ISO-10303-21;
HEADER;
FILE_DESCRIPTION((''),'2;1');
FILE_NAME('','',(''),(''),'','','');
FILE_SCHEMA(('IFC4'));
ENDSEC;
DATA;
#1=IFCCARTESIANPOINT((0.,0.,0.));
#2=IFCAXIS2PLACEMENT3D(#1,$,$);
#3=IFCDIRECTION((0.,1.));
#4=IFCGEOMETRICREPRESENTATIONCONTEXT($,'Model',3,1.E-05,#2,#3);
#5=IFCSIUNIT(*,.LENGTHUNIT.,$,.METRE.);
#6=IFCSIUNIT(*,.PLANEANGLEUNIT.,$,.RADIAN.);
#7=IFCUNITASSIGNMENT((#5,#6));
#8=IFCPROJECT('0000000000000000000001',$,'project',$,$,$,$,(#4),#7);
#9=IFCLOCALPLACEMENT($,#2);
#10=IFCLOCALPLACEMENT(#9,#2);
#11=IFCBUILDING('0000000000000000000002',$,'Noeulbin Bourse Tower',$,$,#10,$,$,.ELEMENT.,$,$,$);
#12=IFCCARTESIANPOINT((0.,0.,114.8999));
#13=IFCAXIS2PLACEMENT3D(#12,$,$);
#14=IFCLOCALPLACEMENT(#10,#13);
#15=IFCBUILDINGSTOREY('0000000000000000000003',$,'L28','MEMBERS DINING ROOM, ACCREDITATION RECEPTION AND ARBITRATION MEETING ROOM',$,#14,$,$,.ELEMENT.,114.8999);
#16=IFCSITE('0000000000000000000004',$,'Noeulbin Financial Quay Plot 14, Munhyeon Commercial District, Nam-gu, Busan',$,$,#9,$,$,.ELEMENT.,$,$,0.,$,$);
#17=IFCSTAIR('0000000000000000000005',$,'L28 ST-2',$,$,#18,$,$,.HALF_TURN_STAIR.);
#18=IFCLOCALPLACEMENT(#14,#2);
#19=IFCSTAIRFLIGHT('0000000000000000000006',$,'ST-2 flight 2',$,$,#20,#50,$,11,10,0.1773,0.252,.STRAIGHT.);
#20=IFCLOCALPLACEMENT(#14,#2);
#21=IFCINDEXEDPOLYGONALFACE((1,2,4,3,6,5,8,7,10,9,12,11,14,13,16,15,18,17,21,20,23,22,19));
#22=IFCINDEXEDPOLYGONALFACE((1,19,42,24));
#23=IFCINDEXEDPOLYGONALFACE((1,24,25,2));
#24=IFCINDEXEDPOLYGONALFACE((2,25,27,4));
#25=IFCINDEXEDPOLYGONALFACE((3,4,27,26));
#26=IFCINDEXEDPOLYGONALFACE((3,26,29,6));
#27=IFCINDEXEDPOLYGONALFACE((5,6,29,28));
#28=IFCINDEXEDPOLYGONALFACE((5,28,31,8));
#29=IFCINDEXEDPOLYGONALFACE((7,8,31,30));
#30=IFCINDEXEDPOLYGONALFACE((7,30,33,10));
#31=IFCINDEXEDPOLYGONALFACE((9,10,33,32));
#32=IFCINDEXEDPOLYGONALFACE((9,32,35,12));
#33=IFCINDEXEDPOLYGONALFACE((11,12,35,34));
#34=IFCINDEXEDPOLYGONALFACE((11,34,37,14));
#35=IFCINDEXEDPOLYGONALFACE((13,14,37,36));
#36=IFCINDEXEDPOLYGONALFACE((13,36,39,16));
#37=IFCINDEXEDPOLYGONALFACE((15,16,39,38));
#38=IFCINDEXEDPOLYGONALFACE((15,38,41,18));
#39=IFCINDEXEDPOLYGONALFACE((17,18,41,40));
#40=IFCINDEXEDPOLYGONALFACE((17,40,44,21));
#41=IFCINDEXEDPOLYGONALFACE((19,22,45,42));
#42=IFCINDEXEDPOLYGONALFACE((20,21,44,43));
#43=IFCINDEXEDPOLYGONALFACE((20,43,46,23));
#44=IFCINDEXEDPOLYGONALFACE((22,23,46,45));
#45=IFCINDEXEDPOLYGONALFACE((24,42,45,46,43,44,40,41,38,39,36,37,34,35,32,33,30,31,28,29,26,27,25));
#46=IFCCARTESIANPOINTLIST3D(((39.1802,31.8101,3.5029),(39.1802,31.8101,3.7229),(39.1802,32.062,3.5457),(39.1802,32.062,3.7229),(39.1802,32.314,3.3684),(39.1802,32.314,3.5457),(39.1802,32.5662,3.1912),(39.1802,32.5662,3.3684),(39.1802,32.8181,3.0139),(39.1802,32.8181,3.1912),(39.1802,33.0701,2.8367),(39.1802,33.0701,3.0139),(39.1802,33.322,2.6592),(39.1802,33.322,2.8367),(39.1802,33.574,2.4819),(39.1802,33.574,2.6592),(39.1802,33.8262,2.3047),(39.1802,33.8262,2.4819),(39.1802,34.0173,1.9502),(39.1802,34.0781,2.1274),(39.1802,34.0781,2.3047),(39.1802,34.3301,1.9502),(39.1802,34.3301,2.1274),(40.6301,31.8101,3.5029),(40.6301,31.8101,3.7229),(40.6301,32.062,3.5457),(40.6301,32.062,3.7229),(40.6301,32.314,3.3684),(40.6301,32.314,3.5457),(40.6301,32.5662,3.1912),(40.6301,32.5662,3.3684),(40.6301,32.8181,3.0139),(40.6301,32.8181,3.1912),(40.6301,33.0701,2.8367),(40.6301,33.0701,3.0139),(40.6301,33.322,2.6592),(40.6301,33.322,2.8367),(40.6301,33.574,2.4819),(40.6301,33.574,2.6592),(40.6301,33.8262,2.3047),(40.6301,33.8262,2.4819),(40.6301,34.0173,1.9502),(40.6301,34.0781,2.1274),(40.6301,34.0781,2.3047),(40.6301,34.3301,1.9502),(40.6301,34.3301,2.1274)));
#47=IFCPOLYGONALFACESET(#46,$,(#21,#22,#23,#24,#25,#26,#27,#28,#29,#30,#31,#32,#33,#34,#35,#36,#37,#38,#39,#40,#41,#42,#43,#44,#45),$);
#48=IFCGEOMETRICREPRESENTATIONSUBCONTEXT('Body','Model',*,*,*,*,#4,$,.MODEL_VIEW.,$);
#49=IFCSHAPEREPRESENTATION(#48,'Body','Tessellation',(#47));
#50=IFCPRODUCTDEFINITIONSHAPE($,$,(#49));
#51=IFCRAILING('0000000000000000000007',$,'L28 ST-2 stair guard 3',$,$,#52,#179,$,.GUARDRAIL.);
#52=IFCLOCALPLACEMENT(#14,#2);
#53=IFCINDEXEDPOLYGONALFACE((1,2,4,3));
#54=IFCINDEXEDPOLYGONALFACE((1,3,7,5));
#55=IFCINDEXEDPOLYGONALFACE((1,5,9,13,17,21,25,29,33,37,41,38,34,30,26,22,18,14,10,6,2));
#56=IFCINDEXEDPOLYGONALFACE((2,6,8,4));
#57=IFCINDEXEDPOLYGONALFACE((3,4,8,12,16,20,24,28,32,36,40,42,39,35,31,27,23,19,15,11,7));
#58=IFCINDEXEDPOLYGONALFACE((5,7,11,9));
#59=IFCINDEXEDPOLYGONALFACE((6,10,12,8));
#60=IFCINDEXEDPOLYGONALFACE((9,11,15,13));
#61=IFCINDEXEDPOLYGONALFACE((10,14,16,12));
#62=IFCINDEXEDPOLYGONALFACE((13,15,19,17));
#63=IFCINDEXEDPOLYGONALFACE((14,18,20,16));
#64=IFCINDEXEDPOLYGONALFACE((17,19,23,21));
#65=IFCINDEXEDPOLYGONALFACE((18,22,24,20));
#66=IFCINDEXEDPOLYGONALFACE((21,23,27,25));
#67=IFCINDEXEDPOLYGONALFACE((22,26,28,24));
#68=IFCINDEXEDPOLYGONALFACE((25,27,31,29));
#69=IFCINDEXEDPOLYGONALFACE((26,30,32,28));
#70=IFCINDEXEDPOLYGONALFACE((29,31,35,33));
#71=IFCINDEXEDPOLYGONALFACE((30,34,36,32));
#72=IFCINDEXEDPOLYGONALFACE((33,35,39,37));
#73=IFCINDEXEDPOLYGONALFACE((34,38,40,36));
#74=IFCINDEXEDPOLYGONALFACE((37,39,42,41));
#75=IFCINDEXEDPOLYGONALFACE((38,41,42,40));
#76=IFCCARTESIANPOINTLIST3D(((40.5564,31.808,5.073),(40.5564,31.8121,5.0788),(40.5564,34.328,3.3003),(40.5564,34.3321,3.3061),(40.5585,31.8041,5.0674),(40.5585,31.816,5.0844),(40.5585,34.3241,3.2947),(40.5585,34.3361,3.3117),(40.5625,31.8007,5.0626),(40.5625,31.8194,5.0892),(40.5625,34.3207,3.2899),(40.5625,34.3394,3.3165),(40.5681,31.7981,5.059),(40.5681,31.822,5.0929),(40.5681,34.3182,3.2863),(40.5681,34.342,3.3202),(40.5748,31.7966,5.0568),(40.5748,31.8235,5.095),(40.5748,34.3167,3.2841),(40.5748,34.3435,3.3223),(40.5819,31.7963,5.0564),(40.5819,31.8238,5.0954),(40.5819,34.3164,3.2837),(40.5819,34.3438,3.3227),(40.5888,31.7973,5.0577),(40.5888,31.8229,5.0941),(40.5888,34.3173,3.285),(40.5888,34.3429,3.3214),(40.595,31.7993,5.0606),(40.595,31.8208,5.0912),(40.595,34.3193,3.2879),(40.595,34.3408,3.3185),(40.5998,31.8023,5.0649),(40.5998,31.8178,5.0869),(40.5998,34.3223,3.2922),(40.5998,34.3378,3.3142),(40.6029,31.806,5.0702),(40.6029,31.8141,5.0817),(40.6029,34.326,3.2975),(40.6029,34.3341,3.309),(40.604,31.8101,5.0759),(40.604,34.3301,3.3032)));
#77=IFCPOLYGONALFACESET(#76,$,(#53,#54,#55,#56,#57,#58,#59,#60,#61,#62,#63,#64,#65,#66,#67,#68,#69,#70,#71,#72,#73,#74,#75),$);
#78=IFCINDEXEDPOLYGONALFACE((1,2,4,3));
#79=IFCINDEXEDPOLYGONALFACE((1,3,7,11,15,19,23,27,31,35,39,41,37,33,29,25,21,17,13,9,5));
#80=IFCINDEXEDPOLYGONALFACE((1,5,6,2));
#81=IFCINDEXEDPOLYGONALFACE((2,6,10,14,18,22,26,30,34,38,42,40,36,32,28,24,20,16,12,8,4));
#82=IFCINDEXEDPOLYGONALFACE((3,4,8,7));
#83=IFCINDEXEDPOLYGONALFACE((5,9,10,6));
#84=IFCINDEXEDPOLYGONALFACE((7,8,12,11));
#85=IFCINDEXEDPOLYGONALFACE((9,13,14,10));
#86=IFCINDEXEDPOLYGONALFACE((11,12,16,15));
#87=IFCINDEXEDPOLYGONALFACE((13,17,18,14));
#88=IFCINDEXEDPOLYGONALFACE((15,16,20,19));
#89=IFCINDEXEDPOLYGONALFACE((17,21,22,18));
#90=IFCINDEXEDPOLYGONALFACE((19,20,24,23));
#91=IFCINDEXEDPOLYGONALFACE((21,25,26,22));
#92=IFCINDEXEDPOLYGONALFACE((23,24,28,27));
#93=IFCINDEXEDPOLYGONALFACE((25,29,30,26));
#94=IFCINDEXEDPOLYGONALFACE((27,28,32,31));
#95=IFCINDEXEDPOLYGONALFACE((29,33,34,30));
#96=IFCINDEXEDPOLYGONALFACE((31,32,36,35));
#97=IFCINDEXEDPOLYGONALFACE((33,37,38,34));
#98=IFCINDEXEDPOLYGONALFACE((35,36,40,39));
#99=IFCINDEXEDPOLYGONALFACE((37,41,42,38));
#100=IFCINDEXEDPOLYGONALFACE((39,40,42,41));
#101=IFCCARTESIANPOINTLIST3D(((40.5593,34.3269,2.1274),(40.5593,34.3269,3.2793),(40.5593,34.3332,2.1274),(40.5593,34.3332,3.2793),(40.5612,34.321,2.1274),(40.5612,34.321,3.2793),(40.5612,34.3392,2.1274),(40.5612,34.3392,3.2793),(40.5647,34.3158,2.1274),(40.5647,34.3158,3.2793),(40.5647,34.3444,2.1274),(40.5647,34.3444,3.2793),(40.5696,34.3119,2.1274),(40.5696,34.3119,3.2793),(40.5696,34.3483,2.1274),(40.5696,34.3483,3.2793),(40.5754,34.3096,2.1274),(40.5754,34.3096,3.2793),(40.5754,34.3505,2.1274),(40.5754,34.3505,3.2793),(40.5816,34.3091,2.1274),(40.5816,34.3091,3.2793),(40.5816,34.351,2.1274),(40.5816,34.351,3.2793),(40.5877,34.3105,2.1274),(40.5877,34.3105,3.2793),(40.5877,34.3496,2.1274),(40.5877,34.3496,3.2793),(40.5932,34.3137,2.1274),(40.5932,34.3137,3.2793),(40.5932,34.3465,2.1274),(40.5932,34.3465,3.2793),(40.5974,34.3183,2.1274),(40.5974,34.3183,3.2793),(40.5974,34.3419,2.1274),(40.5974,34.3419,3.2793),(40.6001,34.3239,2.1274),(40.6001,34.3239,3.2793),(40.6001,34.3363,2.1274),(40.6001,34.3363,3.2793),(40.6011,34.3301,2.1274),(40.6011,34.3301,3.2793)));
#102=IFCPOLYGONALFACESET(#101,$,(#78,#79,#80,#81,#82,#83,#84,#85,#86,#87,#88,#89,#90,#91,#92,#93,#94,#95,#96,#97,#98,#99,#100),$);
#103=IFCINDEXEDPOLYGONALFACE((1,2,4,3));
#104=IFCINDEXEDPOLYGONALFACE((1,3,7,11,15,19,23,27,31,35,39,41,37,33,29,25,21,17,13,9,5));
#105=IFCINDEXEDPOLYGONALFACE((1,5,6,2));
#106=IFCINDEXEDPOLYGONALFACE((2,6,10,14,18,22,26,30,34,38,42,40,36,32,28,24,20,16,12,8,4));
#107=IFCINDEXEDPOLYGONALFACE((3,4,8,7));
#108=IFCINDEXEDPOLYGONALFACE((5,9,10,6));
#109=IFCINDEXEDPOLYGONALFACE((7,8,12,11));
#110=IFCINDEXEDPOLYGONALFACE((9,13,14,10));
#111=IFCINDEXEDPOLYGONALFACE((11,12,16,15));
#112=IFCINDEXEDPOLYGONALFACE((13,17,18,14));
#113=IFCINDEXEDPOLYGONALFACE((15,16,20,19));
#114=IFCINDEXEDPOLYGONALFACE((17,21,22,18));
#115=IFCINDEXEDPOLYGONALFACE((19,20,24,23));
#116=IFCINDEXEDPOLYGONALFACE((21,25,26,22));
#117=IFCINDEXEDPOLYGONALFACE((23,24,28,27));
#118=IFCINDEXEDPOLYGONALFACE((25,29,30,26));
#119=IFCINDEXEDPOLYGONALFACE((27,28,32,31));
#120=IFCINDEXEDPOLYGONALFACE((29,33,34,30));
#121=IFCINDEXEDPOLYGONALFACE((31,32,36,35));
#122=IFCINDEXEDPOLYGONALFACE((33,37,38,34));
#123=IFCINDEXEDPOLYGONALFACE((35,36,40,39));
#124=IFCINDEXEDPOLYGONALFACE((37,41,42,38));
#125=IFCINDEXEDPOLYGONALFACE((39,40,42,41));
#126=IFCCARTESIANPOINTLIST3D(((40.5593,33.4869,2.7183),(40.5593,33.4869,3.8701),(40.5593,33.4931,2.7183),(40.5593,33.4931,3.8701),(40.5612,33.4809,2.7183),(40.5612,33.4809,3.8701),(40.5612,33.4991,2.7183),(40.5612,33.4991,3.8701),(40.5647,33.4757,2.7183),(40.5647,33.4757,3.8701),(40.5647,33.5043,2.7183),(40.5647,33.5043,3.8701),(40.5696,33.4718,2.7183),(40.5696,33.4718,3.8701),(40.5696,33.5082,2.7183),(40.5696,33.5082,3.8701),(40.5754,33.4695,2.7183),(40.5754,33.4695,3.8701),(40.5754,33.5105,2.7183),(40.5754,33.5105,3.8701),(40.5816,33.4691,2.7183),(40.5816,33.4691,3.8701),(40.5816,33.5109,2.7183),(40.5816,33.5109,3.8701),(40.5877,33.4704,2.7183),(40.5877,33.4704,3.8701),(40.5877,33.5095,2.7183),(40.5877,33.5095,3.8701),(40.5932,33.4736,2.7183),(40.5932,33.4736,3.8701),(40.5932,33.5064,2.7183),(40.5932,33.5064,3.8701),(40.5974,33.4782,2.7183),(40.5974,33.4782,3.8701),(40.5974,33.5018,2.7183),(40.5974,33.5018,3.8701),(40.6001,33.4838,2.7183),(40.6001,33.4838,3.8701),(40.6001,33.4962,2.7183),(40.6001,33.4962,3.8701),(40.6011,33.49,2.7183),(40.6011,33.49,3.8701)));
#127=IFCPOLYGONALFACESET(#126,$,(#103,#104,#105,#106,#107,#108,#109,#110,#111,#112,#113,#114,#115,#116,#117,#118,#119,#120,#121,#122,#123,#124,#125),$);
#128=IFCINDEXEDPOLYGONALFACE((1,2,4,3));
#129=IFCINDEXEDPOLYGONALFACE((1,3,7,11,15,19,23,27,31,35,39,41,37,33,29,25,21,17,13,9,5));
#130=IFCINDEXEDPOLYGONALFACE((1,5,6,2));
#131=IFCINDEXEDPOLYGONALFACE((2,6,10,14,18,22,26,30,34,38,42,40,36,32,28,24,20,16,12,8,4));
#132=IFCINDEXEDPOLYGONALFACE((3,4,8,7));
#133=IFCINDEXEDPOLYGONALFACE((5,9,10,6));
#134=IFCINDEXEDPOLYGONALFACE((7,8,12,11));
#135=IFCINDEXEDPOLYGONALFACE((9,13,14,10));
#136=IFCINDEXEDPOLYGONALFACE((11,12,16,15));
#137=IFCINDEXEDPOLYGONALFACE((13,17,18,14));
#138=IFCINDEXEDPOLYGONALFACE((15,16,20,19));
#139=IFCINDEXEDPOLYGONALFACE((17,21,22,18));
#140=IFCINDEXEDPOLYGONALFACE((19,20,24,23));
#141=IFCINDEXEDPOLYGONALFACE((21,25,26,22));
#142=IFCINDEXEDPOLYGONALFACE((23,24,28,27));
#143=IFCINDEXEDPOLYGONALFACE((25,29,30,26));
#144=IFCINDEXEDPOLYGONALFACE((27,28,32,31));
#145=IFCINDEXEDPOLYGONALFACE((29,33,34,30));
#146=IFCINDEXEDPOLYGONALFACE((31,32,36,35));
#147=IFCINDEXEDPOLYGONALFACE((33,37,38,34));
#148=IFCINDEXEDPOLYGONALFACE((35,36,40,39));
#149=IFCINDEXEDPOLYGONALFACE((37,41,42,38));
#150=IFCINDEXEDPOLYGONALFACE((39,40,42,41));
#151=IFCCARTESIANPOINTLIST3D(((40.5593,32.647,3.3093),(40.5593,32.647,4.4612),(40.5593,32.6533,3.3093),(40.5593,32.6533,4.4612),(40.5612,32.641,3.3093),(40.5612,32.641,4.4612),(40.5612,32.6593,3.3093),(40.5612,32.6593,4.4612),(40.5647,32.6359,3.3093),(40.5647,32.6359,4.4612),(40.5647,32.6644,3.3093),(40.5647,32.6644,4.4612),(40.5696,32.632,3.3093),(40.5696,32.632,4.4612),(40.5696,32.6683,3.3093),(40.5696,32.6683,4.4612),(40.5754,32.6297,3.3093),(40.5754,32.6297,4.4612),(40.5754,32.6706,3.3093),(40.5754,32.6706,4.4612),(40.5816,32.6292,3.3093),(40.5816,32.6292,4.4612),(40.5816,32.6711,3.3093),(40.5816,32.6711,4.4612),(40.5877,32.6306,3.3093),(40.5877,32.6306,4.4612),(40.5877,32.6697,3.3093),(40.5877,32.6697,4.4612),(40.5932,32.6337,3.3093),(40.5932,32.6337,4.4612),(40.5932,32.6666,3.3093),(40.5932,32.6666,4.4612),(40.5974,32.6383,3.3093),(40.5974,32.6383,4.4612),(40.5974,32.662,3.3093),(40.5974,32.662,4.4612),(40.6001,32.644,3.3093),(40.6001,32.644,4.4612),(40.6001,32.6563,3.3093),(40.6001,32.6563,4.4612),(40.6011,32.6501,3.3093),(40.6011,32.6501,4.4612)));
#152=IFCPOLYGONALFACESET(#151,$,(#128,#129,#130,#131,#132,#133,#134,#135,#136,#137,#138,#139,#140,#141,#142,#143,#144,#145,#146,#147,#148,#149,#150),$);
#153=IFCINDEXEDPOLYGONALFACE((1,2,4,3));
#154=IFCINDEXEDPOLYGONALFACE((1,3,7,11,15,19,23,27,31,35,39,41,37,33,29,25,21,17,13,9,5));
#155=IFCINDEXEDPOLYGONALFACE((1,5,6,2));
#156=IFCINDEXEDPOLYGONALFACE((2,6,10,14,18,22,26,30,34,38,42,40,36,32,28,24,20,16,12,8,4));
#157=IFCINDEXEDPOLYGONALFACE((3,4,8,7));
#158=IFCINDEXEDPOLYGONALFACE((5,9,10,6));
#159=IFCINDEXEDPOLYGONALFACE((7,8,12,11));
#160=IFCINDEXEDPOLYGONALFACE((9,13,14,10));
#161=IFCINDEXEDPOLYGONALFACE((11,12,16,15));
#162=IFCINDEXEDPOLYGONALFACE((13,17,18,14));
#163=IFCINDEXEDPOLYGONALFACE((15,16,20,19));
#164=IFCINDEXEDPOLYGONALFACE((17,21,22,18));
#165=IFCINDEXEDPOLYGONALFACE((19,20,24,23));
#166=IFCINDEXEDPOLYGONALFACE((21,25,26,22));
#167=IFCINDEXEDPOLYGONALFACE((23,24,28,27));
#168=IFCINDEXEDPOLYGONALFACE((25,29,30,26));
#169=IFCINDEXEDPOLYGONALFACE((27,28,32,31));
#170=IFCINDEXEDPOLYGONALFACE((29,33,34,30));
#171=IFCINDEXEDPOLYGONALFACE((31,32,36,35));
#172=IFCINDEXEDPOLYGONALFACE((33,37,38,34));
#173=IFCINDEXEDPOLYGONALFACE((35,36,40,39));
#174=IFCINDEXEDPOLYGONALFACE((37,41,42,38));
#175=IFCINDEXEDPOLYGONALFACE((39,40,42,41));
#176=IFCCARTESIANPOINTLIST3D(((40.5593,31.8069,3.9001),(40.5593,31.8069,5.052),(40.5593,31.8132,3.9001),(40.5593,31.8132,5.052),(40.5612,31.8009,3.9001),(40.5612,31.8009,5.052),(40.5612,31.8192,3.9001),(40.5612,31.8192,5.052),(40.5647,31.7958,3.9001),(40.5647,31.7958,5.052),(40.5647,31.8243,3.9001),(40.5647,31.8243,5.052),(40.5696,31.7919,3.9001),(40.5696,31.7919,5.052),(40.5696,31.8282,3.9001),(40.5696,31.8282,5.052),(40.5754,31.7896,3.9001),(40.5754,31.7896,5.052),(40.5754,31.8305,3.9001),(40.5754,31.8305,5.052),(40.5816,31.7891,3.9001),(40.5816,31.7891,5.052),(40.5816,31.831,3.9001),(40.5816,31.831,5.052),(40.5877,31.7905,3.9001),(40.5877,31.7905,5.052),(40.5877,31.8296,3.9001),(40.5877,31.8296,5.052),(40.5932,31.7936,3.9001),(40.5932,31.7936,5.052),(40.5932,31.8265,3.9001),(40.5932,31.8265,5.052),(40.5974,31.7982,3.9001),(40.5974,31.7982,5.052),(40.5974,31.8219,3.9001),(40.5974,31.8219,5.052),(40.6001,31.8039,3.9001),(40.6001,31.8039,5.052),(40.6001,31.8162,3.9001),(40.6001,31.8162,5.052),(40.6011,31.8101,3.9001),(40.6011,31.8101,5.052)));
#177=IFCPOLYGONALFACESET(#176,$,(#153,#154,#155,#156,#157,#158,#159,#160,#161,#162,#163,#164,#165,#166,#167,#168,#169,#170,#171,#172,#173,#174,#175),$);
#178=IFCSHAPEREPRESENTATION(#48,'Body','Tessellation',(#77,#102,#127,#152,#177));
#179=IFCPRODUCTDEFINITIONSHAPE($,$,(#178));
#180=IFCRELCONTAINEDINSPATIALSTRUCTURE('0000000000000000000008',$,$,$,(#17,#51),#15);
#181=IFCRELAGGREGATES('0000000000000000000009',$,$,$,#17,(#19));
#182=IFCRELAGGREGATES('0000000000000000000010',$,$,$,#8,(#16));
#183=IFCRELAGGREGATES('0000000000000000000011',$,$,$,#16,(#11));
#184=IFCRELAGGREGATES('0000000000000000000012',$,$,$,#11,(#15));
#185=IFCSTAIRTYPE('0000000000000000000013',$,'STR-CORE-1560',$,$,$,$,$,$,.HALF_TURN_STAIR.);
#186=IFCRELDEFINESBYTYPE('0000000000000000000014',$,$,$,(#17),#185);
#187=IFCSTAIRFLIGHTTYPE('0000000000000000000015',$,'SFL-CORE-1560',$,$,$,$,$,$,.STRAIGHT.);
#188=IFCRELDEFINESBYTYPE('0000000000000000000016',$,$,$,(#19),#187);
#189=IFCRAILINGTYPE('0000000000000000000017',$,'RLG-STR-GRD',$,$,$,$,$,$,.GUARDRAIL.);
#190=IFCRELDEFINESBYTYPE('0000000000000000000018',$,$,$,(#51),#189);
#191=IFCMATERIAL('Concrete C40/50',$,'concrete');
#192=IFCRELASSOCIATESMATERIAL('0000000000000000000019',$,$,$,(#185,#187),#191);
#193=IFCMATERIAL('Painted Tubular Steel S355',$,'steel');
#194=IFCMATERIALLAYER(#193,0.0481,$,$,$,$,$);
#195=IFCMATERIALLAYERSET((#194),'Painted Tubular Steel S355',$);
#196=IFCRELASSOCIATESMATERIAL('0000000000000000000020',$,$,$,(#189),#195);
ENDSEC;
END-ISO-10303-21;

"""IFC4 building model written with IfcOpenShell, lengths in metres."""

from ifc_helpers import new_model, si_unit, direction, frame, origin, origin_2d, place, context, subcontext, project, spatial, polyline, circle, outline, extrude, material, layer, layer_set, type_object, element, aggregate, save


model = new_model("IFC4")

# Units and contexts
model_context = context("Model", 3, precision=1e-05, world=origin(), true_north=direction((0.0, 1.0)))
body_context = subcontext(model_context, "Body", "Model", "MODEL_VIEW")
ifc_project = project(units=[si_unit("LENGTHUNIT", "METRE"), si_unit("PLANEANGLEUNIT", "RADIAN")], contexts=[model_context])

# Site, building, storey
site_placement = place(None, origin())
site = spatial("IfcSite", under=ifc_project, at=site_placement, Name="Noeulbin Financial Quay Plot 14, Munhyeon Commercial District, Nam-gu, Busan", CompositionType="ELEMENT", RefElevation=0.0)
building_placement = place(site_placement, origin())
building = spatial("IfcBuilding", under=site, at=building_placement, Name="Noeulbin Bourse Tower", CompositionType="ELEMENT")
storey_placement = place(building_placement, frame((0.0, 0.0, 114.8999)))
storey = spatial("IfcBuildingStorey", under=building, at=storey_placement, Name="L28", Description="MEMBERS DINING ROOM, ACCREDITATION RECEPTION AND ARBITRATION MEETING ROOM", CompositionType="ELEMENT", Elevation=114.8999)

# Shared definitions
ifc_material_1 = material(Name="Concrete C40/50", Category="concrete")

# Stair, stair flight
stair_type = type_object("IfcStairType", Name="STR-CORE-1560", PredefinedType="HALF_TURN_STAIR", material=ifc_material_1)
stair_placement = place(storey_placement, origin())
stair = element("IfcStair", 1, at=stair_placement, inside=storey, type_object=stair_type, Name="L28 ST-2", PredefinedType="HALF_TURN_STAIR")
stair_flight_type = type_object("IfcStairFlightType", Name="SFL-CORE-1560", PredefinedType="STRAIGHT", material=ifc_material_1)
stair_flight_placement = place(storey_placement, frame((39.905, 34.3301, 1.9502), z_axis=(0.0, 0.0, 1.0), x_axis=(0.0, -1.0, 0.0)))
stair_flight = element("IfcStairFlight", 2, at=stair_flight_placement, type_object=stair_flight_type, Name="ST-2 flight 2", NumberOfRisers=11, NumberOfTreads=10, PredefinedType="STRAIGHT", RiserHeight=0.1773, TreadLength=0.252, context=body_context, shape_type="SweptSolid", body=[
    extrude(outline(polyline([(0.0, 0.0), (0.0, 0.1772), (0.252, 0.1772), (0.252, 0.3545), (0.5039, 0.3545), (0.5039, 0.5317), (0.7561, 0.5317), (0.7561, 0.709), (1.0081, 0.709), (1.0081, 0.8865), (1.26, 0.8865), (1.26, 1.0637), (1.512, 1.0637), (1.512, 1.241), (1.7639, 1.241), (1.7639, 1.4182), (2.0161, 1.4182), (2.0161, 1.5955), (2.2681, 1.5955), (2.2681, 1.7727), (2.52, 1.7727), (2.52, 1.95), (2.52, 1.5527), (0.3127, 0.0), (0.0, 0.0)])), frame((0.0, 0.7251, 0.0), z_axis=(0.0, -1.0, 0.0), x_axis=(1.0, 0.0, 0.0)), (0.0, 0.0, 1.0), 1.45),
])
aggregate(stair, [stair_flight])

# Railing
ifc_material_2 = material(Name="Painted Tubular Steel S355", Category="steel")
ifc_layer_1 = layer(ifc_material_2, 0.0481)
ifc_layer_set_1 = layer_set([ifc_layer_1], Name="Painted Tubular Steel S355")
railing_type_1 = type_object("IfcRailingType", Name="RLG-STR-GRD", PredefinedType="GUARDRAIL", material=ifc_layer_set_1)
railing_1_placement = place(storey_placement, frame((40.5801, 34.3301, 2.1274)))
element("IfcRailing", 3, at=railing_1_placement, inside=storey, type_object=railing_type_1, Name="L28 ST-2 stair guard 3", PredefinedType="GUARDRAIL", context=body_context, shape_type="SweptSolid", body=[
    extrude(circle(Radius=0.0239, at=origin_2d()), frame((0.0, 0.0, 1.1758), z_axis=(0.0, -0.817904, 0.575354), x_axis=(1.0, 0.0, 0.0)), (0.0, 0.0, 1.0), 3.0811),
    extrude(circle(Radius=0.021, at=origin_2d()), origin(), (0.0, 0.0, 1.0), 1.1519),
    extrude(circle(Radius=0.021, at=origin_2d()), frame((0.0, -0.8401, 0.5908)), (0.0, 0.0, 1.0), 1.1519),
    extrude(circle(Radius=0.021, at=origin_2d()), frame((0.0, -1.6799, 1.1819)), (0.0, 0.0, 1.0), 1.1519),
    extrude(circle(Radius=0.021, at=origin_2d()), frame((0.0, -2.52, 1.7727)), (0.0, 0.0, 1.0), 1.1519),
])

save(model, "model.ifc")
